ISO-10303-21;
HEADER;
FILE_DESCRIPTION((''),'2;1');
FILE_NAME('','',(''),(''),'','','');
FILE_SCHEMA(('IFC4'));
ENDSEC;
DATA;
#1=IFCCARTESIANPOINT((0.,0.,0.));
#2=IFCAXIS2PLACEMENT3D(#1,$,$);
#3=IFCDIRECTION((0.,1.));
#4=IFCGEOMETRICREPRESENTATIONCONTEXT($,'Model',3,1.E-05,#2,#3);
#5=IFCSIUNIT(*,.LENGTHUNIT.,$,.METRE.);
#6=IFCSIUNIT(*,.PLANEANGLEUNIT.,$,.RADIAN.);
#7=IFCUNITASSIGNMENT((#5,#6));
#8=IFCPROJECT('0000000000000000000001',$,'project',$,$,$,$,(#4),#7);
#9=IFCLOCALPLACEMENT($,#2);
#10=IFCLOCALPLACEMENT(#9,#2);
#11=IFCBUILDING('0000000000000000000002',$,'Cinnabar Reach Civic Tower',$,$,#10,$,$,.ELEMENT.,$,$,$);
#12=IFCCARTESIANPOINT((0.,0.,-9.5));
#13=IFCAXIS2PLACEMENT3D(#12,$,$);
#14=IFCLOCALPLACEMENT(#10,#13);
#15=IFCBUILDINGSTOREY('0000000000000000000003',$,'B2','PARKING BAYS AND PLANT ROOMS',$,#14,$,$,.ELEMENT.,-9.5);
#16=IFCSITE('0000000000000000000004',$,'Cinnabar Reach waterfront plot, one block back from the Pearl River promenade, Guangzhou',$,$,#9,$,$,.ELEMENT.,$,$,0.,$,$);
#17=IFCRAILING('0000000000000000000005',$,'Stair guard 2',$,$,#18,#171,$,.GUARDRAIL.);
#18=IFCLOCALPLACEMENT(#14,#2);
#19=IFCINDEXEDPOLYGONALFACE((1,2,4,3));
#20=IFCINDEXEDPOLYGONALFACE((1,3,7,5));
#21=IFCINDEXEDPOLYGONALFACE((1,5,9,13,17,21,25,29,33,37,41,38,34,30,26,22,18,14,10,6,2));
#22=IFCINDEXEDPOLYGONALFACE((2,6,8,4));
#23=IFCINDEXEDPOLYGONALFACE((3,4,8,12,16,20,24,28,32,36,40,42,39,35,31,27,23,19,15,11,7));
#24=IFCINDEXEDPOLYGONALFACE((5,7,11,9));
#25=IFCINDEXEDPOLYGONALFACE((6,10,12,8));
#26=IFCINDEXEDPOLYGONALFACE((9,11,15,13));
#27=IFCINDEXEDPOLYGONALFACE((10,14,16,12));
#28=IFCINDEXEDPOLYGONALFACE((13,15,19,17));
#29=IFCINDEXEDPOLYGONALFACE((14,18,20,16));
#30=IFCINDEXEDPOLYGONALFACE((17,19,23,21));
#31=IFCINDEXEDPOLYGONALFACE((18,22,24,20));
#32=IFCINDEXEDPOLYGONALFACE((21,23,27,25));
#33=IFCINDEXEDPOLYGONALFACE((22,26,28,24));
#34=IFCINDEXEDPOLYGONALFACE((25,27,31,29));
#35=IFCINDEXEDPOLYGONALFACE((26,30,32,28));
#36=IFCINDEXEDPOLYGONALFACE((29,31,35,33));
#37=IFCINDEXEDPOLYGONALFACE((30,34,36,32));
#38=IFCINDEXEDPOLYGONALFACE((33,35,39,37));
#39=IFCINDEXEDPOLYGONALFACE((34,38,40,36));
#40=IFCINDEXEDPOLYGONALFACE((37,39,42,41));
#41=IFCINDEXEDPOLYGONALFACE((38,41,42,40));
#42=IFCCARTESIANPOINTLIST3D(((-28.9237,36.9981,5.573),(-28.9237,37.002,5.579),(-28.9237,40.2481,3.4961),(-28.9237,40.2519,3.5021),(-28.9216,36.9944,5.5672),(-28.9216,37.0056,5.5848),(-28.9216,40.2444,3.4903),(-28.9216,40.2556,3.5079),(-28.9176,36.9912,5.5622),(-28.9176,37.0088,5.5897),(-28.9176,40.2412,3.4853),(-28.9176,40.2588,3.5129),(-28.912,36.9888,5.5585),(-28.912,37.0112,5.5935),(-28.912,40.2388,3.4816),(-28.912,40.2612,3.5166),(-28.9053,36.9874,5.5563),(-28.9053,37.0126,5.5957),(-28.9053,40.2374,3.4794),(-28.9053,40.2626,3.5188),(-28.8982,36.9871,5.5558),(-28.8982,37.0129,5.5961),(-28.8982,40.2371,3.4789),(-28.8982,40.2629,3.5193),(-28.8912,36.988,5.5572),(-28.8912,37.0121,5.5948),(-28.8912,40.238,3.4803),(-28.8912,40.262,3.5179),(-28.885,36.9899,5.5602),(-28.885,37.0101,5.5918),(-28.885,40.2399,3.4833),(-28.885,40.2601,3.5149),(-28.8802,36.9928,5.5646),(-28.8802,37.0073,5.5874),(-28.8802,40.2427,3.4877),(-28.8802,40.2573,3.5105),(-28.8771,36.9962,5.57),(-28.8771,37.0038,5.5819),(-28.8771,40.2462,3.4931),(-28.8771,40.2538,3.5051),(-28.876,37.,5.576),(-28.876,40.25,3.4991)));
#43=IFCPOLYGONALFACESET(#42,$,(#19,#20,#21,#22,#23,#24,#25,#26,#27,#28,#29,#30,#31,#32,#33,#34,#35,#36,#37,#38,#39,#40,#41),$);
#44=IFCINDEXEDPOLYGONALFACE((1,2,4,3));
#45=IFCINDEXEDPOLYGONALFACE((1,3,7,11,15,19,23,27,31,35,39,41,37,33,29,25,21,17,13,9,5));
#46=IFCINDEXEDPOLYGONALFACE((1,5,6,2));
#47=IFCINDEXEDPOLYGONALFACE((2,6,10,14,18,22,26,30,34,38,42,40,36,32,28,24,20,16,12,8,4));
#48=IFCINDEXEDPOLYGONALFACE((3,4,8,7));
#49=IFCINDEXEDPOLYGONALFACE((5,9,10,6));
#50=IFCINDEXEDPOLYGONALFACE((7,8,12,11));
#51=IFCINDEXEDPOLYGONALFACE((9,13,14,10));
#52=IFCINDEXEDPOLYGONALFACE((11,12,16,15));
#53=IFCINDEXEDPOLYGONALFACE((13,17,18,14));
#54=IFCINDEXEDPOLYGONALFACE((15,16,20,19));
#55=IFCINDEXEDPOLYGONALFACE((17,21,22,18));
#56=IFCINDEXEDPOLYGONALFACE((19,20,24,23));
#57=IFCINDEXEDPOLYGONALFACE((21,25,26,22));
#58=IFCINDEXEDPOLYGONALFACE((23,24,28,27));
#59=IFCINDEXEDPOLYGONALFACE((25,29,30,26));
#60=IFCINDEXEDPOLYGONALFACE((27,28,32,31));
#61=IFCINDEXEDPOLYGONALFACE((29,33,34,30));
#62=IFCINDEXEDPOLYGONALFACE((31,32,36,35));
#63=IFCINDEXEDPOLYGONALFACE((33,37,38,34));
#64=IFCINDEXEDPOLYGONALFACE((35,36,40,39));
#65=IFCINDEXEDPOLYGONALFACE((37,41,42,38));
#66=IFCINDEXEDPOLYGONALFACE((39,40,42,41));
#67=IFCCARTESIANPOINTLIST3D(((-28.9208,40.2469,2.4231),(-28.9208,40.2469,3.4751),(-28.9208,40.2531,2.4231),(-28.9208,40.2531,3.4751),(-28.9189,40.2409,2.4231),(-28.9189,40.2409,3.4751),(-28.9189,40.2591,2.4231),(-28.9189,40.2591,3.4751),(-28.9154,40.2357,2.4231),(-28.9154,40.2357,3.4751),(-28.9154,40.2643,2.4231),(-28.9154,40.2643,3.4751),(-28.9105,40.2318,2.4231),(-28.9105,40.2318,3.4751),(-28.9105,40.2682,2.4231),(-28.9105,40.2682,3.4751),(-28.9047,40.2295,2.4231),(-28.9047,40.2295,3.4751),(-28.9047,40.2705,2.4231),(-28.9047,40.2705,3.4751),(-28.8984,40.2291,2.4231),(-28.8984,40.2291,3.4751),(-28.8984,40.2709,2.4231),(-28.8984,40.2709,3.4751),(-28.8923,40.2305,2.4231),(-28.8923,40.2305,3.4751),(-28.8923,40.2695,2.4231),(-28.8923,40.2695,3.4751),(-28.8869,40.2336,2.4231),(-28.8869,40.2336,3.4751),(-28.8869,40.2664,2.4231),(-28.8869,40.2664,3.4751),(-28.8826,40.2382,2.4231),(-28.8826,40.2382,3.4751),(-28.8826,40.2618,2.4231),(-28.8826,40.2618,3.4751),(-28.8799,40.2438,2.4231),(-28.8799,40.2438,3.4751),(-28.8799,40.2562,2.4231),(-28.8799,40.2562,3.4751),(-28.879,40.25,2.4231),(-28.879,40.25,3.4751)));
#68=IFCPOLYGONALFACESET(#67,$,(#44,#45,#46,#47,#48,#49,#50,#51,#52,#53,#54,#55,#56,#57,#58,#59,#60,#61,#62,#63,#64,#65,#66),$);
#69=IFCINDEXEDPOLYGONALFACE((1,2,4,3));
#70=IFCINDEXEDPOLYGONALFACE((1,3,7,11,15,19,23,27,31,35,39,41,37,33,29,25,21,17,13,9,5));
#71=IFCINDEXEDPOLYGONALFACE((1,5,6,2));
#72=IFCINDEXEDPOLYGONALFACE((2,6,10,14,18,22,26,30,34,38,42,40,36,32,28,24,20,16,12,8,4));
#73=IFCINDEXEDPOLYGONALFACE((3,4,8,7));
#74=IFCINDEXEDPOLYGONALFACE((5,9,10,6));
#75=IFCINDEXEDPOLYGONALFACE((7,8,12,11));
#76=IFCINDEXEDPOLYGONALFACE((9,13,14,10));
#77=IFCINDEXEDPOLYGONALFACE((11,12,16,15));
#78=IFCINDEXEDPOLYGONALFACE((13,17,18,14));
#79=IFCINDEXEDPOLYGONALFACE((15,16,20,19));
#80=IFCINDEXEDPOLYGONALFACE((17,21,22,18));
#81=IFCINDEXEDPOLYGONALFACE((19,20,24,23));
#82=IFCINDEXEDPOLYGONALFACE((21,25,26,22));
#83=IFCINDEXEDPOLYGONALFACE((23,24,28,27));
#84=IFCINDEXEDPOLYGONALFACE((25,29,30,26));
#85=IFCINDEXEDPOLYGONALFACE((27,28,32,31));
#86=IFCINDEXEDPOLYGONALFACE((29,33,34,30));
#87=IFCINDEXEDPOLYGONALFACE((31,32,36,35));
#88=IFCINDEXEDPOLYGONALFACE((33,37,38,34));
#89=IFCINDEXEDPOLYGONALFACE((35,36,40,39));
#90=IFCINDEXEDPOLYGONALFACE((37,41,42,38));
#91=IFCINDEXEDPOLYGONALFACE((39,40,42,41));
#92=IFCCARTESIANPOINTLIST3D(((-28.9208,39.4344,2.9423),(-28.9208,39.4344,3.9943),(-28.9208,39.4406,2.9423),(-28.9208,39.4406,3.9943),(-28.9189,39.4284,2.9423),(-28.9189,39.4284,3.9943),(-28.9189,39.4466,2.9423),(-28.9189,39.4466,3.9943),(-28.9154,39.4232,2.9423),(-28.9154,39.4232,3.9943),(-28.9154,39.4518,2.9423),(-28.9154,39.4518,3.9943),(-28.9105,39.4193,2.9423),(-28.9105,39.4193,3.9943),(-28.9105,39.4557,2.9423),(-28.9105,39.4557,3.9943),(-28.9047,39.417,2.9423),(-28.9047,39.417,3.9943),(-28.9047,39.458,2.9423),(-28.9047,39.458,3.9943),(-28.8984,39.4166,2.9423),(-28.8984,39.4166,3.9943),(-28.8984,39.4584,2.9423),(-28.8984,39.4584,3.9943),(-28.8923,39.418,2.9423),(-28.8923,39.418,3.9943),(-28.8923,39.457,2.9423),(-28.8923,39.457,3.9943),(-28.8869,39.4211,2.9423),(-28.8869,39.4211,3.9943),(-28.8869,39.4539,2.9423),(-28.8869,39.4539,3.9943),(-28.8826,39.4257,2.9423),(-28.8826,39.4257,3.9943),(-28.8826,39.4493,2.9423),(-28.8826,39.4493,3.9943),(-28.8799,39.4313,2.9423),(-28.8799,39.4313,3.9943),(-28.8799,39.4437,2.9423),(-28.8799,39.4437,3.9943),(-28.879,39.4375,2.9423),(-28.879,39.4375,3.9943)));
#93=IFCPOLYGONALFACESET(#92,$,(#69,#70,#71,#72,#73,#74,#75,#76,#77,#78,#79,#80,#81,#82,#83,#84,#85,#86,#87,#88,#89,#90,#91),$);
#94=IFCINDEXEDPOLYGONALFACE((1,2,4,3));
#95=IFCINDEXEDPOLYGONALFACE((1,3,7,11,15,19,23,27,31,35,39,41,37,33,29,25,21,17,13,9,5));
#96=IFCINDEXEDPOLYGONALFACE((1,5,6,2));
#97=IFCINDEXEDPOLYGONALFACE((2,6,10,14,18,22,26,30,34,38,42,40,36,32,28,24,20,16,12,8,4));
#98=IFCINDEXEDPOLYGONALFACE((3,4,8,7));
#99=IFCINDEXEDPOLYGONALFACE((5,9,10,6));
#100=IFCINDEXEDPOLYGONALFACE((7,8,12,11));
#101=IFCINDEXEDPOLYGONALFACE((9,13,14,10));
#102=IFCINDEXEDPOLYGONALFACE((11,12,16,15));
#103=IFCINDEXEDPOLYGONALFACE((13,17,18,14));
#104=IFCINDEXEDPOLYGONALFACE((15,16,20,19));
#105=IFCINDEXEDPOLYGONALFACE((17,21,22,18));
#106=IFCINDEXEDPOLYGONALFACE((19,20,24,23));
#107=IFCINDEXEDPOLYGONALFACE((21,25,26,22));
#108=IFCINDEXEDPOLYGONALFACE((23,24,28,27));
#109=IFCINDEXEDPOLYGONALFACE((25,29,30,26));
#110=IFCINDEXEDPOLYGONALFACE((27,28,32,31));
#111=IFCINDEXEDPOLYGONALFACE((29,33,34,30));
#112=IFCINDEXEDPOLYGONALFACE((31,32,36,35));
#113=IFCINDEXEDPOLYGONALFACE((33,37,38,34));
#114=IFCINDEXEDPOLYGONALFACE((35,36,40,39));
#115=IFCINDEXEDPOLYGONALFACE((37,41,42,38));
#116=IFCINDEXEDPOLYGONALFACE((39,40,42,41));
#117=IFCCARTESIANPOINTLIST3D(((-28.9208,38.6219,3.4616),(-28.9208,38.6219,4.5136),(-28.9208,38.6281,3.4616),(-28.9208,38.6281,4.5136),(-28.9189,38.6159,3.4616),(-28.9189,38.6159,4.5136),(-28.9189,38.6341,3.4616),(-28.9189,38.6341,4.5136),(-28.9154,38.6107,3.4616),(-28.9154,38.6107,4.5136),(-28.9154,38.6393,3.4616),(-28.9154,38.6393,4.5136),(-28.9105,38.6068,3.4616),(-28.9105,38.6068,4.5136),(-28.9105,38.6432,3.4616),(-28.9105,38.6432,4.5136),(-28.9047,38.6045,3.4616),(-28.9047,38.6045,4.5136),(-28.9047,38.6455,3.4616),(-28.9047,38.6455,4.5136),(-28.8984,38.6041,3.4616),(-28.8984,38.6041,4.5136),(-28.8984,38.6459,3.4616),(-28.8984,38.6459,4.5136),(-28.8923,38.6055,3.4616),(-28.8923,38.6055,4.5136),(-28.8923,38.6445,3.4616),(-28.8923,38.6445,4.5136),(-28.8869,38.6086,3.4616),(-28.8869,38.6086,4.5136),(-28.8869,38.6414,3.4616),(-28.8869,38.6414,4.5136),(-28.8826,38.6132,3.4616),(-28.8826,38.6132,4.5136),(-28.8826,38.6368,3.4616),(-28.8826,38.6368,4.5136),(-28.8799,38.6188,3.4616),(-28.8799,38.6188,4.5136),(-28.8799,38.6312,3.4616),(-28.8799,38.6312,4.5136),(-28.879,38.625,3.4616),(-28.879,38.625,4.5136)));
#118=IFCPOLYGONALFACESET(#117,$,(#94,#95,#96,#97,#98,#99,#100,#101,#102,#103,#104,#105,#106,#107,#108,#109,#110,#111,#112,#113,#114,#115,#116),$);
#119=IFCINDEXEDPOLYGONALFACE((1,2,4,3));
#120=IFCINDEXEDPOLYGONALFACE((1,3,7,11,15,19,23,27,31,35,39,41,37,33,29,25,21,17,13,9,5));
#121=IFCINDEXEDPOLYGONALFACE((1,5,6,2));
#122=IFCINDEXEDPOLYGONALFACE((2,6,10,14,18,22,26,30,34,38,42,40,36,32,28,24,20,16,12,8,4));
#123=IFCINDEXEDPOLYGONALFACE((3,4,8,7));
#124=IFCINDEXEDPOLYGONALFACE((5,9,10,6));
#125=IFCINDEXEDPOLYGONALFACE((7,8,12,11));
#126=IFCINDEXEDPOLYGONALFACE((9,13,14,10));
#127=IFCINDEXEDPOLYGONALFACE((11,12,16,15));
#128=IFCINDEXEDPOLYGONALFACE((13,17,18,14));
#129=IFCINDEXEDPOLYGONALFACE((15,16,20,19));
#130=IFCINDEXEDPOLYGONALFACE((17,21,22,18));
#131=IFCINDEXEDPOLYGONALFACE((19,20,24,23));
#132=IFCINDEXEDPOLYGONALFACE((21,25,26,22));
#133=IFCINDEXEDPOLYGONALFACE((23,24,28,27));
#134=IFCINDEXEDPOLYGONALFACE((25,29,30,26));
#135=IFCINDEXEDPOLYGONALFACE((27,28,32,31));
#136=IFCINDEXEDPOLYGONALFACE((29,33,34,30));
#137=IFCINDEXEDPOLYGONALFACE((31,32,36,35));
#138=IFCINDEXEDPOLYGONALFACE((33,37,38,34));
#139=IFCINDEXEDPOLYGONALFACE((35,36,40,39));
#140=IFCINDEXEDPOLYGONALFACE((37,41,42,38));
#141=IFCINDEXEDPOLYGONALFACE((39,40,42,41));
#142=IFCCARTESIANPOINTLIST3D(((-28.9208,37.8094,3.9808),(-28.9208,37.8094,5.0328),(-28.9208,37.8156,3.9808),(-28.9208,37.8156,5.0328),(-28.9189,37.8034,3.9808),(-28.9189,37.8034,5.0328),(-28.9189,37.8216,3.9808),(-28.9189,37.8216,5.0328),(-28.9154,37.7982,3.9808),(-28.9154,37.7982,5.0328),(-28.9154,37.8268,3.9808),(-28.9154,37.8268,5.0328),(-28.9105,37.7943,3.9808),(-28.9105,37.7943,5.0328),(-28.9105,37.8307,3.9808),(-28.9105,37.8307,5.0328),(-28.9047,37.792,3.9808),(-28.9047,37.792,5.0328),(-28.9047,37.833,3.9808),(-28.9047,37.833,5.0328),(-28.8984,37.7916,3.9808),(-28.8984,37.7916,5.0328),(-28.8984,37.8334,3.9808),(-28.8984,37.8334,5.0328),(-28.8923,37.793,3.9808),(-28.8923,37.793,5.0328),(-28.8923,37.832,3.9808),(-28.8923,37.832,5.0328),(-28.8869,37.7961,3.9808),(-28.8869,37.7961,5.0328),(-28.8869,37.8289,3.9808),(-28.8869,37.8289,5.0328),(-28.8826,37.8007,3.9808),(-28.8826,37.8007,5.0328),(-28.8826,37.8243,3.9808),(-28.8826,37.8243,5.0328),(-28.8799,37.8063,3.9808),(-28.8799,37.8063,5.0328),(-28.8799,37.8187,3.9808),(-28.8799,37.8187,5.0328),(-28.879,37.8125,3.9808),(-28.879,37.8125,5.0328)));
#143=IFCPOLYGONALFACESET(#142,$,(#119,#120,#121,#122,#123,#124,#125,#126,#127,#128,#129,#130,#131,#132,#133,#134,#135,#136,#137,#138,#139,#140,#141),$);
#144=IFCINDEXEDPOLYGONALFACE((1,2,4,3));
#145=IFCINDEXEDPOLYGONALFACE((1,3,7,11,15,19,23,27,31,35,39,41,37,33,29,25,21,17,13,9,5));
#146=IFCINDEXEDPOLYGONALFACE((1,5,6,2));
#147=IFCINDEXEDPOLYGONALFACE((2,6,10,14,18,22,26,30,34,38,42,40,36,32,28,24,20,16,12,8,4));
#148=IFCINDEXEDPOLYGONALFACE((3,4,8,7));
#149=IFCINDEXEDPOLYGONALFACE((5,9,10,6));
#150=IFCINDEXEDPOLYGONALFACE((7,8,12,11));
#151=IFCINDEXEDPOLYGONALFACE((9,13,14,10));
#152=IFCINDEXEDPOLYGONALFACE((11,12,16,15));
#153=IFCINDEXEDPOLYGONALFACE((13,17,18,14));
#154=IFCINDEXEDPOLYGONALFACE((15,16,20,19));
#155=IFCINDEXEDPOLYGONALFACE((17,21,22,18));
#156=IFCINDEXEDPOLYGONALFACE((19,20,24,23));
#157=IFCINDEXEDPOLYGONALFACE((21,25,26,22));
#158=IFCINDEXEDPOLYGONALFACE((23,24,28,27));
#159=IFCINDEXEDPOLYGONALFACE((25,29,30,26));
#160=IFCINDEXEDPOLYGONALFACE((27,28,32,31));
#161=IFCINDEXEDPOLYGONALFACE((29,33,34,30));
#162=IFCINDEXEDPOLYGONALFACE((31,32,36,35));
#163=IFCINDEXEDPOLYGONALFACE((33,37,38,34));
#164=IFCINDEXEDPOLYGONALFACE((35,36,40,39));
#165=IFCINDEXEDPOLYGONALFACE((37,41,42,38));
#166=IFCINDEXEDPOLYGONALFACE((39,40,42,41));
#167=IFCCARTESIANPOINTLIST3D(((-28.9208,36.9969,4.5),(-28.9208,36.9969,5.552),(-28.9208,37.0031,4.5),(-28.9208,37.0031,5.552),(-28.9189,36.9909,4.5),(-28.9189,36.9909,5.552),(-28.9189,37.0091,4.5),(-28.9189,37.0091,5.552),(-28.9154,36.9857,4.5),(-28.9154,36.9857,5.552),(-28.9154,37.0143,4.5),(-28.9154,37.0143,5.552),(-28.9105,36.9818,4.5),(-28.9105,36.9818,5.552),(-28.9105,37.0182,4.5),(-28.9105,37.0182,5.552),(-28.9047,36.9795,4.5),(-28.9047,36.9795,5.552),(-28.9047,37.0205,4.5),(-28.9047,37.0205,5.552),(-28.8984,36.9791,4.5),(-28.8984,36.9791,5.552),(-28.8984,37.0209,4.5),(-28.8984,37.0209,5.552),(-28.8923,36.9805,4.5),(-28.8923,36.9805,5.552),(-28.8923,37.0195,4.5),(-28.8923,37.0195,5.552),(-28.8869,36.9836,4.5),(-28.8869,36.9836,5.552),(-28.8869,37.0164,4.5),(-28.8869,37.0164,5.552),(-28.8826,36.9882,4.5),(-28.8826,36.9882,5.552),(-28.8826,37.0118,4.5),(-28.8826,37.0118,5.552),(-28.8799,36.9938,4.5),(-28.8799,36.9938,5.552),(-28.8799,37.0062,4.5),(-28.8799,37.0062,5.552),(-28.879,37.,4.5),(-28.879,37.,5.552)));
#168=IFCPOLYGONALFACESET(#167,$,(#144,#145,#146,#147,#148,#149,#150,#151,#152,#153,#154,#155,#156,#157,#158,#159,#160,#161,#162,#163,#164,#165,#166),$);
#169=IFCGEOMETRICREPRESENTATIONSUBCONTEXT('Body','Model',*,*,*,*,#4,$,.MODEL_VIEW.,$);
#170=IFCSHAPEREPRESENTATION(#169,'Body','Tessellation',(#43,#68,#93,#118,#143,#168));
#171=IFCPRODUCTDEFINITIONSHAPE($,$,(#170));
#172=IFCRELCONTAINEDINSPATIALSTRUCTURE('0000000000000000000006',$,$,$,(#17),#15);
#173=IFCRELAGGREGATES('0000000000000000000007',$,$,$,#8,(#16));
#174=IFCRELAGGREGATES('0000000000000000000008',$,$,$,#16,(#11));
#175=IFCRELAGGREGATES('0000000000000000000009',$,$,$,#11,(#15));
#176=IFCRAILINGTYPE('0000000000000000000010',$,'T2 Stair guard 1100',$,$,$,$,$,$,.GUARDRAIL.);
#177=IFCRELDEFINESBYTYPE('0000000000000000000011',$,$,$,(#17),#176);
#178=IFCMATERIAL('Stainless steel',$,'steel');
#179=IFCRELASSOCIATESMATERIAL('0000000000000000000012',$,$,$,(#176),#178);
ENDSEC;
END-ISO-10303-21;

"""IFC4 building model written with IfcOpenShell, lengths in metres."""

from ifc_helpers import new_model, si_unit, direction, frame, origin, origin_2d, place, context, subcontext, project, spatial, circle, extrude, material, type_object, element, save


model = new_model("IFC4")

# Units and contexts
model_context = context("Model", 3, precision=1e-05, world=origin(), true_north=direction((0.0, 1.0)))
body_context = subcontext(model_context, "Body", "Model", "MODEL_VIEW")
ifc_project = project(units=[si_unit("LENGTHUNIT", "METRE"), si_unit("PLANEANGLEUNIT", "RADIAN")], contexts=[model_context])

# Site, building, storey
site_placement = place(None, origin())
site = spatial("IfcSite", under=ifc_project, at=site_placement, Name="Cinnabar Reach waterfront plot, one block back from the Pearl River promenade, Guangzhou", CompositionType="ELEMENT", RefElevation=0.0)
building_placement = place(site_placement, origin())
building = spatial("IfcBuilding", under=site, at=building_placement, Name="Cinnabar Reach Civic Tower", CompositionType="ELEMENT")
storey_placement = place(building_placement, frame((0.0, 0.0, -9.5)))
storey = spatial("IfcBuildingStorey", under=building, at=storey_placement, Name="B2", Description="PARKING BAYS AND PLANT ROOMS", CompositionType="ELEMENT", Elevation=-9.5)

# Railing
ifc_material_1 = material(Name="Stainless steel", Category="steel")
railing_type = type_object("IfcRailingType", Name="T2 Stair guard 1100", PredefinedType="GUARDRAIL", material=ifc_material_1)
railing_1_placement = place(storey_placement, frame((-28.9, 40.25, 2.4231)))
element("IfcRailing", 1, at=railing_1_placement, inside=storey, type_object=railing_type, Name="Stair guard 2", PredefinedType="GUARDRAIL", context=body_context, shape_type="SweptSolid", body=[
    extrude(circle(Radius=0.024, at=origin_2d()), frame((0.0, 0.0, 1.076), z_axis=(0.0, -0.842636, 0.538483), x_axis=(1.0, 0.0, 0.0)), (0.0, 0.0, 1.0), 3.8569),
    extrude(circle(Radius=0.021, at=origin_2d()), origin(), (0.0, 0.0, 1.0), 1.052),
    extrude(circle(Radius=0.021, at=origin_2d()), frame((0.0, -0.8125, 0.5192)), (0.0, 0.0, 1.0), 1.052),
    extrude(circle(Radius=0.021, at=origin_2d()), frame((0.0, -1.625, 1.0385)), (0.0, 0.0, 1.0), 1.052),
    extrude(circle(Radius=0.021, at=origin_2d()), frame((0.0, -2.4375, 1.5577)), (0.0, 0.0, 1.0), 1.052),
    extrude(circle(Radius=0.021, at=origin_2d()), frame((0.0, -3.25, 2.0769)), (0.0, 0.0, 1.0), 1.052),
])

save(model, "model.ifc")
